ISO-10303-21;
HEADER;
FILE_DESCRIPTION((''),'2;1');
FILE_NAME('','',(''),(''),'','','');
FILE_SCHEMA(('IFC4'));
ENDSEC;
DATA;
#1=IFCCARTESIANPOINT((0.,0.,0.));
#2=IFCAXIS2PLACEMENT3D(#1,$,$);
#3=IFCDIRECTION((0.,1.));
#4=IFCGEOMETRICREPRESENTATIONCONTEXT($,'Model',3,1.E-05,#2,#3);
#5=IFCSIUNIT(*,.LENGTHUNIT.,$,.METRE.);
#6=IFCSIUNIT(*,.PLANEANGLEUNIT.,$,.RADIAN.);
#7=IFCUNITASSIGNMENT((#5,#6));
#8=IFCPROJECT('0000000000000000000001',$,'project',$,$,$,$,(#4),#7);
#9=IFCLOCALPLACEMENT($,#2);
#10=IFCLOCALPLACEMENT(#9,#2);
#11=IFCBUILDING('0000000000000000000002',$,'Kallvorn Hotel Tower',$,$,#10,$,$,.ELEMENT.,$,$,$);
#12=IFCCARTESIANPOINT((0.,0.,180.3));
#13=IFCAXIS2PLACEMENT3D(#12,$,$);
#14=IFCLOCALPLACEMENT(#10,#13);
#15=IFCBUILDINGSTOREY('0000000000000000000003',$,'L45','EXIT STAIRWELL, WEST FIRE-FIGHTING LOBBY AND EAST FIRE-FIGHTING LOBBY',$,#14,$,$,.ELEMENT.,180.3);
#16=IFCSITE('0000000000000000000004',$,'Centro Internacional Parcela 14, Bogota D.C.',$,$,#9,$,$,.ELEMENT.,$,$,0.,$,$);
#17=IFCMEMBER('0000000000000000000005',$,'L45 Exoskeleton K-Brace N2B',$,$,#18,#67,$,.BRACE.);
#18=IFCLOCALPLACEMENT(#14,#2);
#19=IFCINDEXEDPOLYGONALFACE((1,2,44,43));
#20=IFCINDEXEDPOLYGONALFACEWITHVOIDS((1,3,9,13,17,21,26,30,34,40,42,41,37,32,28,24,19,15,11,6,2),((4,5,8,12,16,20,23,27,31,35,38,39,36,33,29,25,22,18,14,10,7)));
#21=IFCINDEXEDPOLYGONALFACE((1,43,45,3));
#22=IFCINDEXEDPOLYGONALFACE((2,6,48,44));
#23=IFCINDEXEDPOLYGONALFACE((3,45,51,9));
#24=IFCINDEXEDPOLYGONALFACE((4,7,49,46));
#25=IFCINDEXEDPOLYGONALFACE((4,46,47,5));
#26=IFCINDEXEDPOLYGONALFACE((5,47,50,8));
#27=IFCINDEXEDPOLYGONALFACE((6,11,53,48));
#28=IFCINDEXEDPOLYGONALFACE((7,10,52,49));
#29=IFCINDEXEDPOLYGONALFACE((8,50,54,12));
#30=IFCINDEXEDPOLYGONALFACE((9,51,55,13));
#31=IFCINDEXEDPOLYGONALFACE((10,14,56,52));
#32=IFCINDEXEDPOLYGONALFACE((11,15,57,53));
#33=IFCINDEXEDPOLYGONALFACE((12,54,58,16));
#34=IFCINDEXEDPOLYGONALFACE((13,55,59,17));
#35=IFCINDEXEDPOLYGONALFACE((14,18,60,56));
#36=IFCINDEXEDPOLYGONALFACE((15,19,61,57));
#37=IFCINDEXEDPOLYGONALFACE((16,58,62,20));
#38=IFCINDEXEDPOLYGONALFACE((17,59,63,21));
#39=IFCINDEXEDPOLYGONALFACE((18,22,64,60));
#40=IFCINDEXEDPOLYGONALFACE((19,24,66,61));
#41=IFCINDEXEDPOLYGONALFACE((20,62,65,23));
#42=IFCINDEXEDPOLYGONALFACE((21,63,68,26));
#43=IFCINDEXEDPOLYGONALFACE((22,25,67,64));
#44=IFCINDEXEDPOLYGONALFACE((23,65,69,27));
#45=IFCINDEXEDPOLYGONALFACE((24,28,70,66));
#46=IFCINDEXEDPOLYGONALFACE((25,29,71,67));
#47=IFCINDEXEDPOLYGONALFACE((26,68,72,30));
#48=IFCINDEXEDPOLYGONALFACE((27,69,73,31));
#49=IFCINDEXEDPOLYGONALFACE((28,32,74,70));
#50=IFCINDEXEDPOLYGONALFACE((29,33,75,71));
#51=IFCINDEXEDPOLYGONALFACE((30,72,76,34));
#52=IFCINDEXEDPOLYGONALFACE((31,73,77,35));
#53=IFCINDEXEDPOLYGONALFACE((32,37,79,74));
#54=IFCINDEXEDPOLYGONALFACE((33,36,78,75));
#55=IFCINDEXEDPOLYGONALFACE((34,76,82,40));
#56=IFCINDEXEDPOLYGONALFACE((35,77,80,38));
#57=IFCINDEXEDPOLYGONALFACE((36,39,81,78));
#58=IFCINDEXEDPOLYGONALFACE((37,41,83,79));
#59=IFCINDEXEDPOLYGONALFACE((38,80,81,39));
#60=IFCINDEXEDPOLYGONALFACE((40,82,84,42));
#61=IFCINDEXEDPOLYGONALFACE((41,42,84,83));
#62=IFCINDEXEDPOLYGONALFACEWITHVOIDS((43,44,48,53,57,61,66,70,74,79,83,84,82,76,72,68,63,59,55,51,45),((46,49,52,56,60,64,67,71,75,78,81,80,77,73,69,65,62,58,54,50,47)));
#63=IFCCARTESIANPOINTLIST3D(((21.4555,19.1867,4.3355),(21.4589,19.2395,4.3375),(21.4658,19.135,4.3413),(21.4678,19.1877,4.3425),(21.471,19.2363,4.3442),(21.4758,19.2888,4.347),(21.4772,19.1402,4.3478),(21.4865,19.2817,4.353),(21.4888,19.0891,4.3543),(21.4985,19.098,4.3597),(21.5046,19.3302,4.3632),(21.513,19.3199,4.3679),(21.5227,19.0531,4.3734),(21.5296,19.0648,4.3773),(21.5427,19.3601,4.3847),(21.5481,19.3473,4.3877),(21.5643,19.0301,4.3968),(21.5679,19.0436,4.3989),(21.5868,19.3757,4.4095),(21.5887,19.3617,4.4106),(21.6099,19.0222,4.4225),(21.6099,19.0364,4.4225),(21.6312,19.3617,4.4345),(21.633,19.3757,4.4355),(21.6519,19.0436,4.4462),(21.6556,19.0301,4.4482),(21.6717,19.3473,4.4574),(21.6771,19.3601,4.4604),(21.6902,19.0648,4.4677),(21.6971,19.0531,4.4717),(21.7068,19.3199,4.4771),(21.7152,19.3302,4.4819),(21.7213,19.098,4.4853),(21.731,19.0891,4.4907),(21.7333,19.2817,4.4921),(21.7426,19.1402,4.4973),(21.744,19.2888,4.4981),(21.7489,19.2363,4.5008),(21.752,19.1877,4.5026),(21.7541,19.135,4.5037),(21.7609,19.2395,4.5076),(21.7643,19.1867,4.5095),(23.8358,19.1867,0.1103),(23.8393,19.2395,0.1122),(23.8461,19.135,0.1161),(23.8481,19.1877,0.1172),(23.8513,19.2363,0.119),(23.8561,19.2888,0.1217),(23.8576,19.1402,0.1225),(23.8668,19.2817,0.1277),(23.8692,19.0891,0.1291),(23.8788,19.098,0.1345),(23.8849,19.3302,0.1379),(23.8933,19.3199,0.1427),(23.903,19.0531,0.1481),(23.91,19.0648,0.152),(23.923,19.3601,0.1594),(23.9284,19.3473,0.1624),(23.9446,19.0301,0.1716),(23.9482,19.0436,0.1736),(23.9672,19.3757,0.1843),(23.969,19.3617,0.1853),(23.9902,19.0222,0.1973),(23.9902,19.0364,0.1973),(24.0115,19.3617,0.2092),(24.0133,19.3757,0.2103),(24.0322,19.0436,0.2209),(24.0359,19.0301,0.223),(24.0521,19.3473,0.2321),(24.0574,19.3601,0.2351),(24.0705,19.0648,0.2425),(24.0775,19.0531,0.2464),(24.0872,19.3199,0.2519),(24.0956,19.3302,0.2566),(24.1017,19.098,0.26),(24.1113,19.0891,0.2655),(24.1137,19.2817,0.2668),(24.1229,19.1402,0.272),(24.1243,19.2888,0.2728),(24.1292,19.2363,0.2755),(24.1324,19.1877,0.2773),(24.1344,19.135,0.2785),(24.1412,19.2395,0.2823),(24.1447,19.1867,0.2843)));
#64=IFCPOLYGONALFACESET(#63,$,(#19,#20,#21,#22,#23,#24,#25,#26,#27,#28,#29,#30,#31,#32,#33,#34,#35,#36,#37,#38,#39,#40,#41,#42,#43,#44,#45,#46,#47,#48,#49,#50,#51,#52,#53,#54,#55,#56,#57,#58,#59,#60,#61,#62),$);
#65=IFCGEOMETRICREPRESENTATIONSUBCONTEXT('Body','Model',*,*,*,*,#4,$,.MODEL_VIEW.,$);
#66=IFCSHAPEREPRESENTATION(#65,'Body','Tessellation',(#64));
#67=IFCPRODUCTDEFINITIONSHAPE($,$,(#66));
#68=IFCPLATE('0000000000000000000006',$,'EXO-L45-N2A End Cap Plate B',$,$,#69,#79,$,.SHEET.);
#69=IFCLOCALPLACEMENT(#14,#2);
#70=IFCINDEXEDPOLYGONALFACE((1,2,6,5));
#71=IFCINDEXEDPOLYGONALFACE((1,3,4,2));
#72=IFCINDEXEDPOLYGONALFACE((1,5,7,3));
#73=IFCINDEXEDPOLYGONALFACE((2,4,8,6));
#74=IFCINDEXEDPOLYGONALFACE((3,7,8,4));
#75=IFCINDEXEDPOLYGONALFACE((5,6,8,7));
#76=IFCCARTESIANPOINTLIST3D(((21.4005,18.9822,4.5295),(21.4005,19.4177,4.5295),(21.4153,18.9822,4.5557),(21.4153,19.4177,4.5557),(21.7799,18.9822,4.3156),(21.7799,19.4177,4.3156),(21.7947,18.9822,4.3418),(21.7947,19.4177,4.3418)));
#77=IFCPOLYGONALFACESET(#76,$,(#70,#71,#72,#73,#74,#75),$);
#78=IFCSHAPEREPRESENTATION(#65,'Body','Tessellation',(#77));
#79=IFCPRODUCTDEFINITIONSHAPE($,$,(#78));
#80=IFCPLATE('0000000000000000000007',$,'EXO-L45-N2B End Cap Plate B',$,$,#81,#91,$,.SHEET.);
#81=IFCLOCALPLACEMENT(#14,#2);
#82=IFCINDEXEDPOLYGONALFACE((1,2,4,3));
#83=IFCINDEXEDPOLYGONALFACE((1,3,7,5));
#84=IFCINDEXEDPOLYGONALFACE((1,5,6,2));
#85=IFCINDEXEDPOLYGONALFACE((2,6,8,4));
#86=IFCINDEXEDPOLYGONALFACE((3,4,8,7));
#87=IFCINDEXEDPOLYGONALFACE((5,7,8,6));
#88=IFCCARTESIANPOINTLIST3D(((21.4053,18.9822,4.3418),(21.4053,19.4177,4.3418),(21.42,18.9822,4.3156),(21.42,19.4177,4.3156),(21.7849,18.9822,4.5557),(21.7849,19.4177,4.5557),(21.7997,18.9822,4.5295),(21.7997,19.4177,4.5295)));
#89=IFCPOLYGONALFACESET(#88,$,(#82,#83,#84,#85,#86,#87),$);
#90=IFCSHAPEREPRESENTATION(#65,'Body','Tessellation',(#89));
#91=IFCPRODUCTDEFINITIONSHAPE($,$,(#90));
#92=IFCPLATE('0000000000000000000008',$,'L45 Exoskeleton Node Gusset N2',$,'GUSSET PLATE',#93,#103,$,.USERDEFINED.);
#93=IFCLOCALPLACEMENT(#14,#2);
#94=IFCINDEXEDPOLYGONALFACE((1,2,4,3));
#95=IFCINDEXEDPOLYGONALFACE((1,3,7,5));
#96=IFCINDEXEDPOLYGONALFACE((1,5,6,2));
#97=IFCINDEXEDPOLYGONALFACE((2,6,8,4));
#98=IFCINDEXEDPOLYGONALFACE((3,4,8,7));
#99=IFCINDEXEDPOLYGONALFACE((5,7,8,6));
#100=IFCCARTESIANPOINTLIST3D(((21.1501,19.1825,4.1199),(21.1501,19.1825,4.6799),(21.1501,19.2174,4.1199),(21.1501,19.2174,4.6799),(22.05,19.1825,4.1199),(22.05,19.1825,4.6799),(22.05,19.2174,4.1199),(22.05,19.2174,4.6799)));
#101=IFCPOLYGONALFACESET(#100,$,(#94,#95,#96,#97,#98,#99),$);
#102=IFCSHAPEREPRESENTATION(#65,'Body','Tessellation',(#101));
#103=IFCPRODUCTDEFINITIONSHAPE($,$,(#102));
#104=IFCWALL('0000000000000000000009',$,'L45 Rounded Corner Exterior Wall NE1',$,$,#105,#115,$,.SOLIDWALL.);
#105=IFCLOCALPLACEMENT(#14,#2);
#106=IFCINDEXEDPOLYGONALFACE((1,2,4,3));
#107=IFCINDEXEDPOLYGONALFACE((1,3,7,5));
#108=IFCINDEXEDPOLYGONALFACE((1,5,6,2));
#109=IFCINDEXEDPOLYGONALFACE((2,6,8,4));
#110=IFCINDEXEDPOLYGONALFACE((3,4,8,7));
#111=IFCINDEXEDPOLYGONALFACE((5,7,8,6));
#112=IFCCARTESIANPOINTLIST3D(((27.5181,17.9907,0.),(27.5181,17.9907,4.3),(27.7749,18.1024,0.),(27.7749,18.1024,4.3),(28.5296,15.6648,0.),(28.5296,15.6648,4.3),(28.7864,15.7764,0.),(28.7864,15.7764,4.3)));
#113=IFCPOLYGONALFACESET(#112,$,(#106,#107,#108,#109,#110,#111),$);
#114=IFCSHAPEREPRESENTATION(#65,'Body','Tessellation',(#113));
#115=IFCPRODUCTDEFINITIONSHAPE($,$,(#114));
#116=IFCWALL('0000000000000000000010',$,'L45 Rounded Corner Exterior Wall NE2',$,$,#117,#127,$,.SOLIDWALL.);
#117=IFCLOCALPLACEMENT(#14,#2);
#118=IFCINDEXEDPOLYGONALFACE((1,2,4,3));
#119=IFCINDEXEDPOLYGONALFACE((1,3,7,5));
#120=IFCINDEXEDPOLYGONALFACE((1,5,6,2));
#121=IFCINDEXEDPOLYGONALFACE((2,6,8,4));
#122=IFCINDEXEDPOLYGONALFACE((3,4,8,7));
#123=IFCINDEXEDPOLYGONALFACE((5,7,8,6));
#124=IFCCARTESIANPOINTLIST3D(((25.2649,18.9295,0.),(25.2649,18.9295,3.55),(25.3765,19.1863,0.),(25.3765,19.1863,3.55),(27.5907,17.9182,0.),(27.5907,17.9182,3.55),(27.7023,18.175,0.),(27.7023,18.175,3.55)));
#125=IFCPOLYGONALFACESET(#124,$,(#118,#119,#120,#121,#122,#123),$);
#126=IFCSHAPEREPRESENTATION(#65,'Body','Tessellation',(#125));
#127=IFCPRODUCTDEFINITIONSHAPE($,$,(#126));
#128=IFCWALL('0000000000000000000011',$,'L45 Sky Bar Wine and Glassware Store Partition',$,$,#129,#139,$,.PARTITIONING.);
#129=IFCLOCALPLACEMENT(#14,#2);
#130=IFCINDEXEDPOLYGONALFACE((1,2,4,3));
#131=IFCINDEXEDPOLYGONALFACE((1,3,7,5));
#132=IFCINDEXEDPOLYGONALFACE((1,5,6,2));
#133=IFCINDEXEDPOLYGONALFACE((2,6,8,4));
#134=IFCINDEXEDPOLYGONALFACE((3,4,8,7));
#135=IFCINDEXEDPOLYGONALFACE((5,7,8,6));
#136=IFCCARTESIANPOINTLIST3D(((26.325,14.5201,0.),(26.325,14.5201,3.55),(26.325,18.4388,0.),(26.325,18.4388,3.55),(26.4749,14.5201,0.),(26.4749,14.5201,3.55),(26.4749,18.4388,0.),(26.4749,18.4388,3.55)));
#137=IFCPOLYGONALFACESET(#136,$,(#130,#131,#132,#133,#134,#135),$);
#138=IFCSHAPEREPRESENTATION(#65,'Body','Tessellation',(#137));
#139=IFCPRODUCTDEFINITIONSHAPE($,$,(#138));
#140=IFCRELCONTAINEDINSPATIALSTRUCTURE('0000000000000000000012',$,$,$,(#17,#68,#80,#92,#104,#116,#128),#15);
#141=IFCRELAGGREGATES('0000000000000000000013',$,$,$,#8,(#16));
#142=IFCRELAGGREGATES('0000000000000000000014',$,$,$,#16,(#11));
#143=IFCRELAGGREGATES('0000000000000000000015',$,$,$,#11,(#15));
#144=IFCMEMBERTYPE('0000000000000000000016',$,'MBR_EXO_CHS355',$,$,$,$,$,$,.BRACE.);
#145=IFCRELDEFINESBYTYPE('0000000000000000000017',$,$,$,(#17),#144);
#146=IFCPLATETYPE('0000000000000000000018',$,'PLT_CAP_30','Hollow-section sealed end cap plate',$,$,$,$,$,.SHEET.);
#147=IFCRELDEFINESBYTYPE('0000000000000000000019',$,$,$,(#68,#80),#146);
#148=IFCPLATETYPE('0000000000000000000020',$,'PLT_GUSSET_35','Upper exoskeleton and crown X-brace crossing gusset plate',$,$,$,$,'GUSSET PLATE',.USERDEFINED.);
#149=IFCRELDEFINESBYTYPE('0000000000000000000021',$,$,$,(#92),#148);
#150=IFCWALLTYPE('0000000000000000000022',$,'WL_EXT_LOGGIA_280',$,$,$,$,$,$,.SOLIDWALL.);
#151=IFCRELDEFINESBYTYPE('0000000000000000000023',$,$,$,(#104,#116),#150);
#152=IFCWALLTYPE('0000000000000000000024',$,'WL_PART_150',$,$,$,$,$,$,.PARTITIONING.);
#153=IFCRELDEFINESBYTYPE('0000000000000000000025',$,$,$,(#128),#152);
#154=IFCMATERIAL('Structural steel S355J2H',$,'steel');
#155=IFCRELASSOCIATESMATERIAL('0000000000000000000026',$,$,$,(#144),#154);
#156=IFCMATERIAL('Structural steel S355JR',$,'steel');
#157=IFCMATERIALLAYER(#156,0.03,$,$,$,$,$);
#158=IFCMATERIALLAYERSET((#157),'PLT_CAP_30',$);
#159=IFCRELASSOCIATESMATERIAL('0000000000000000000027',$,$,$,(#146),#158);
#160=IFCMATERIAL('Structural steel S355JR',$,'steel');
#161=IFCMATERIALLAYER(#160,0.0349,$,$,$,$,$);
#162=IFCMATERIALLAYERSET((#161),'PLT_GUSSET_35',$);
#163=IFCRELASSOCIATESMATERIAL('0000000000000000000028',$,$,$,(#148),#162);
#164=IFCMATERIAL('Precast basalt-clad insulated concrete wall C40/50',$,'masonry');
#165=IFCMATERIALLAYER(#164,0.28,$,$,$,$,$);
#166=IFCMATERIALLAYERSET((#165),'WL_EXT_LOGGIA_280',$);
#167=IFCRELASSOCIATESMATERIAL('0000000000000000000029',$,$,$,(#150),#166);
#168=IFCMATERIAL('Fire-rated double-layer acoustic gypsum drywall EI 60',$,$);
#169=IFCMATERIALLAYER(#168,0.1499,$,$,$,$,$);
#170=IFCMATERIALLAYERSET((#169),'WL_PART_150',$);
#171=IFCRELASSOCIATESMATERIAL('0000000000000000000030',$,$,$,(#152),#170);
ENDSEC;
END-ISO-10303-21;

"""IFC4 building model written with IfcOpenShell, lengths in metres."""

from ifc_helpers import new_model, si_unit, direction, frame, frame_2d, origin, origin_2d, place, context, subcontext, project, spatial, polyline, rectangle, hollow_circle, outline, extrude, material, layer, layer_set, material_profile, profile_set, type_object, element, save


model = new_model("IFC4")

# Units and contexts
model_context = context("Model", 3, precision=1e-05, world=origin(), true_north=direction((0.0, 1.0)))
body_context = subcontext(model_context, "Body", "Model", "MODEL_VIEW")
ifc_project = project(units=[si_unit("LENGTHUNIT", "METRE"), si_unit("PLANEANGLEUNIT", "RADIAN")], contexts=[model_context])

# Site, building, storey
site_placement = place(None, origin())
site = spatial("IfcSite", under=ifc_project, at=site_placement, Name="Centro Internacional Parcela 14, Bogota D.C.", CompositionType="ELEMENT", RefElevation=0.0)
building_placement = place(site_placement, origin())
building = spatial("IfcBuilding", under=site, at=building_placement, Name="Kallvorn Hotel Tower", CompositionType="ELEMENT")
storey_placement = place(building_placement, frame((0.0, 0.0, 180.3)))
storey = spatial("IfcBuildingStorey", under=building, at=storey_placement, Name="L45", Description="EXIT STAIRWELL, WEST FIRE-FIGHTING LOBBY AND EAST FIRE-FIGHTING LOBBY", CompositionType="ELEMENT", Elevation=180.3)

# Member
ifc_material_1 = material(Name="Structural steel S355J2H", Category="steel")
ifc_material_profile_1 = material_profile(ifc_material_1, hollow_circle(Radius=0.1777, WallThickness=0.0142, at=origin_2d()), Name="CHS 355.6x14.2")
ifc_profile_set_1 = profile_set([ifc_material_profile_1], Name="Structural steel S355J2H")
member_type_1 = type_object("IfcMemberType", Name="MBR_EXO_CHS355", PredefinedType="BRACE", material=ifc_profile_set_1)
for number, where, z_axis, x_axis, name in (
    (1, (23.9902, 19.2, 0.1973), (-0.490828, 0.0, 0.871257), (0.0, -1.0, 0.0), "L45 Exoskeleton K-Brace N2B"),
):
    element("IfcMember", number, at=place(storey_placement, frame(where, z_axis=z_axis, x_axis=x_axis)), inside=storey, type_object=member_type_1, Name=name, PredefinedType="BRACE", context=body_context, shape_type="SweptSolid", body=[
        extrude(hollow_circle(Radius=0.1777, WallThickness=0.0142, at=origin_2d()), origin(), (0.0, 0.0, 1.0), 4.8496),
    ])

# Plates
ifc_material_2 = material(Name="Structural steel S355JR", Category="steel")
ifc_layer_1 = layer(ifc_material_2, 0.03)
ifc_layer_set_1 = layer_set([ifc_layer_1], Name="PLT_CAP_30")
plate_type_1 = type_object("IfcPlateType", Name="PLT_CAP_30", Description="Hollow-section sealed end cap plate", PredefinedType="SHEET", material=ifc_layer_set_1)
plate_1_placement = place(storey_placement, frame((21.7947, 18.9822, 4.3418), z_axis=(0.491059, 0.0, 0.871126), x_axis=(0.0, 1.0, 0.0)))
element("IfcPlate", 2, at=plate_1_placement, inside=storey, type_object=plate_type_1, Name="EXO-L45-N2A End Cap Plate B", PredefinedType="SHEET", context=body_context, shape_type="SweptSolid", body=[
    extrude(outline(polyline([(0.0, 0.0), (0.4355, 0.0), (0.4355, 0.4355), (0.0, 0.4355), (0.0, 0.0)])), origin(), (0.0, 0.0, -1.0), 0.03),
])
plate_2_placement = place(storey_placement, frame((21.4053, 19.4177, 4.3418), z_axis=(-0.49082, 0.0, 0.871261), x_axis=(0.0, -1.0, 0.0)))
element("IfcPlate", 3, at=plate_2_placement, inside=storey, type_object=plate_type_1, Name="EXO-L45-N2B End Cap Plate B", PredefinedType="SHEET", context=body_context, shape_type="SweptSolid", body=[
    extrude(outline(polyline([(0.0, 0.0), (0.4355, 0.0), (0.4355, 0.4357), (0.0, 0.4357), (0.0, 0.0)])), origin(), (0.0, 0.0, -1.0), 0.03),
])
ifc_material_3 = material(Name="Structural steel S355JR", Category="steel")
ifc_layer_2 = layer(ifc_material_3, 0.0349)
ifc_layer_set_2 = layer_set([ifc_layer_2], Name="PLT_GUSSET_35")
plate_type_2 = type_object("IfcPlateType", Name="PLT_GUSSET_35", Description="Upper exoskeleton and crown X-brace crossing gusset plate", ElementType="GUSSET PLATE", PredefinedType="USERDEFINED", material=ifc_layer_set_2)
plate_3_placement = place(storey_placement, frame((21.6001, 19.2, 4.1199), z_axis=(0.0, 0.0, 1.0), x_axis=(1.0, 0.0, 0.0)))
element("IfcPlate", 4, at=plate_3_placement, inside=storey, type_object=plate_type_2, Name="L45 Exoskeleton Node Gusset N2", ObjectType="GUSSET PLATE", PredefinedType="USERDEFINED", context=body_context, shape_type="SweptSolid", body=[
    extrude(rectangle(XDim=0.8999, YDim=0.0349, at=origin_2d()), origin(), (0.0, 0.0, 1.0), 0.5601),
])

# Walls
ifc_material_4 = material(Name="Precast basalt-clad insulated concrete wall C40/50", Category="masonry")
ifc_layer_3 = layer(ifc_material_4, 0.28)
ifc_layer_set_3 = layer_set([ifc_layer_3], Name="WL_EXT_LOGGIA_280")
wall_type_1 = type_object("IfcWallType", Name="WL_EXT_LOGGIA_280", PredefinedType="SOLIDWALL", material=ifc_layer_set_3)
wall_1_placement = place(storey_placement, frame((28.658, 15.7207, 0.0), z_axis=(0.0, 0.0, 1.0), x_axis=(-0.398793, 0.917041, 0.0)))
element("IfcWall", 5, at=wall_1_placement, inside=storey, type_object=wall_type_1, Name="L45 Rounded Corner Exterior Wall NE1", PredefinedType="SOLIDWALL", context=body_context, shape_type="SweptSolid", body=[
    extrude(rectangle(XDim=2.5364, YDim=0.28, at=frame_2d((1.2681, 0.0))), origin(), (0.0, 0.0, 1.0), 4.3),
])
wall_2_placement = place(storey_placement, frame((27.6465, 18.0466, 0.0), z_axis=(0.0, 0.0, 1.0), x_axis=(-0.917061, 0.398747, 0.0)))
element("IfcWall", 6, at=wall_2_placement, inside=storey, type_object=wall_type_1, Name="L45 Rounded Corner Exterior Wall NE2", PredefinedType="SOLIDWALL", context=body_context, shape_type="SweptSolid", body=[
    extrude(rectangle(XDim=2.5361, YDim=0.28, at=frame_2d((1.2681, 0.0))), origin(), (0.0, 0.0, 1.0), 3.55),
])
ifc_material_5 = material(Name="Fire-rated double-layer acoustic gypsum drywall EI 60")
ifc_layer_4 = layer(ifc_material_5, 0.1499)
ifc_layer_set_4 = layer_set([ifc_layer_4], Name="WL_PART_150")
wall_type_2 = type_object("IfcWallType", Name="WL_PART_150", PredefinedType="PARTITIONING", material=ifc_layer_set_4)
wall_3_placement = place(storey_placement, frame((26.3999, 14.52, 0.0), z_axis=(0.0, 0.0, 1.0), x_axis=(0.0, 1.0, 0.0)))
element("IfcWall", 7, at=wall_3_placement, inside=storey, type_object=wall_type_2, Name="L45 Sky Bar Wine and Glassware Store Partition", PredefinedType="PARTITIONING", context=body_context, shape_type="SweptSolid", body=[
    extrude(rectangle(XDim=3.9187, YDim=0.1499, at=frame_2d((1.9595, 0.0))), origin(), (0.0, 0.0, 1.0), 3.55),
])

save(model, "model.ifc")
